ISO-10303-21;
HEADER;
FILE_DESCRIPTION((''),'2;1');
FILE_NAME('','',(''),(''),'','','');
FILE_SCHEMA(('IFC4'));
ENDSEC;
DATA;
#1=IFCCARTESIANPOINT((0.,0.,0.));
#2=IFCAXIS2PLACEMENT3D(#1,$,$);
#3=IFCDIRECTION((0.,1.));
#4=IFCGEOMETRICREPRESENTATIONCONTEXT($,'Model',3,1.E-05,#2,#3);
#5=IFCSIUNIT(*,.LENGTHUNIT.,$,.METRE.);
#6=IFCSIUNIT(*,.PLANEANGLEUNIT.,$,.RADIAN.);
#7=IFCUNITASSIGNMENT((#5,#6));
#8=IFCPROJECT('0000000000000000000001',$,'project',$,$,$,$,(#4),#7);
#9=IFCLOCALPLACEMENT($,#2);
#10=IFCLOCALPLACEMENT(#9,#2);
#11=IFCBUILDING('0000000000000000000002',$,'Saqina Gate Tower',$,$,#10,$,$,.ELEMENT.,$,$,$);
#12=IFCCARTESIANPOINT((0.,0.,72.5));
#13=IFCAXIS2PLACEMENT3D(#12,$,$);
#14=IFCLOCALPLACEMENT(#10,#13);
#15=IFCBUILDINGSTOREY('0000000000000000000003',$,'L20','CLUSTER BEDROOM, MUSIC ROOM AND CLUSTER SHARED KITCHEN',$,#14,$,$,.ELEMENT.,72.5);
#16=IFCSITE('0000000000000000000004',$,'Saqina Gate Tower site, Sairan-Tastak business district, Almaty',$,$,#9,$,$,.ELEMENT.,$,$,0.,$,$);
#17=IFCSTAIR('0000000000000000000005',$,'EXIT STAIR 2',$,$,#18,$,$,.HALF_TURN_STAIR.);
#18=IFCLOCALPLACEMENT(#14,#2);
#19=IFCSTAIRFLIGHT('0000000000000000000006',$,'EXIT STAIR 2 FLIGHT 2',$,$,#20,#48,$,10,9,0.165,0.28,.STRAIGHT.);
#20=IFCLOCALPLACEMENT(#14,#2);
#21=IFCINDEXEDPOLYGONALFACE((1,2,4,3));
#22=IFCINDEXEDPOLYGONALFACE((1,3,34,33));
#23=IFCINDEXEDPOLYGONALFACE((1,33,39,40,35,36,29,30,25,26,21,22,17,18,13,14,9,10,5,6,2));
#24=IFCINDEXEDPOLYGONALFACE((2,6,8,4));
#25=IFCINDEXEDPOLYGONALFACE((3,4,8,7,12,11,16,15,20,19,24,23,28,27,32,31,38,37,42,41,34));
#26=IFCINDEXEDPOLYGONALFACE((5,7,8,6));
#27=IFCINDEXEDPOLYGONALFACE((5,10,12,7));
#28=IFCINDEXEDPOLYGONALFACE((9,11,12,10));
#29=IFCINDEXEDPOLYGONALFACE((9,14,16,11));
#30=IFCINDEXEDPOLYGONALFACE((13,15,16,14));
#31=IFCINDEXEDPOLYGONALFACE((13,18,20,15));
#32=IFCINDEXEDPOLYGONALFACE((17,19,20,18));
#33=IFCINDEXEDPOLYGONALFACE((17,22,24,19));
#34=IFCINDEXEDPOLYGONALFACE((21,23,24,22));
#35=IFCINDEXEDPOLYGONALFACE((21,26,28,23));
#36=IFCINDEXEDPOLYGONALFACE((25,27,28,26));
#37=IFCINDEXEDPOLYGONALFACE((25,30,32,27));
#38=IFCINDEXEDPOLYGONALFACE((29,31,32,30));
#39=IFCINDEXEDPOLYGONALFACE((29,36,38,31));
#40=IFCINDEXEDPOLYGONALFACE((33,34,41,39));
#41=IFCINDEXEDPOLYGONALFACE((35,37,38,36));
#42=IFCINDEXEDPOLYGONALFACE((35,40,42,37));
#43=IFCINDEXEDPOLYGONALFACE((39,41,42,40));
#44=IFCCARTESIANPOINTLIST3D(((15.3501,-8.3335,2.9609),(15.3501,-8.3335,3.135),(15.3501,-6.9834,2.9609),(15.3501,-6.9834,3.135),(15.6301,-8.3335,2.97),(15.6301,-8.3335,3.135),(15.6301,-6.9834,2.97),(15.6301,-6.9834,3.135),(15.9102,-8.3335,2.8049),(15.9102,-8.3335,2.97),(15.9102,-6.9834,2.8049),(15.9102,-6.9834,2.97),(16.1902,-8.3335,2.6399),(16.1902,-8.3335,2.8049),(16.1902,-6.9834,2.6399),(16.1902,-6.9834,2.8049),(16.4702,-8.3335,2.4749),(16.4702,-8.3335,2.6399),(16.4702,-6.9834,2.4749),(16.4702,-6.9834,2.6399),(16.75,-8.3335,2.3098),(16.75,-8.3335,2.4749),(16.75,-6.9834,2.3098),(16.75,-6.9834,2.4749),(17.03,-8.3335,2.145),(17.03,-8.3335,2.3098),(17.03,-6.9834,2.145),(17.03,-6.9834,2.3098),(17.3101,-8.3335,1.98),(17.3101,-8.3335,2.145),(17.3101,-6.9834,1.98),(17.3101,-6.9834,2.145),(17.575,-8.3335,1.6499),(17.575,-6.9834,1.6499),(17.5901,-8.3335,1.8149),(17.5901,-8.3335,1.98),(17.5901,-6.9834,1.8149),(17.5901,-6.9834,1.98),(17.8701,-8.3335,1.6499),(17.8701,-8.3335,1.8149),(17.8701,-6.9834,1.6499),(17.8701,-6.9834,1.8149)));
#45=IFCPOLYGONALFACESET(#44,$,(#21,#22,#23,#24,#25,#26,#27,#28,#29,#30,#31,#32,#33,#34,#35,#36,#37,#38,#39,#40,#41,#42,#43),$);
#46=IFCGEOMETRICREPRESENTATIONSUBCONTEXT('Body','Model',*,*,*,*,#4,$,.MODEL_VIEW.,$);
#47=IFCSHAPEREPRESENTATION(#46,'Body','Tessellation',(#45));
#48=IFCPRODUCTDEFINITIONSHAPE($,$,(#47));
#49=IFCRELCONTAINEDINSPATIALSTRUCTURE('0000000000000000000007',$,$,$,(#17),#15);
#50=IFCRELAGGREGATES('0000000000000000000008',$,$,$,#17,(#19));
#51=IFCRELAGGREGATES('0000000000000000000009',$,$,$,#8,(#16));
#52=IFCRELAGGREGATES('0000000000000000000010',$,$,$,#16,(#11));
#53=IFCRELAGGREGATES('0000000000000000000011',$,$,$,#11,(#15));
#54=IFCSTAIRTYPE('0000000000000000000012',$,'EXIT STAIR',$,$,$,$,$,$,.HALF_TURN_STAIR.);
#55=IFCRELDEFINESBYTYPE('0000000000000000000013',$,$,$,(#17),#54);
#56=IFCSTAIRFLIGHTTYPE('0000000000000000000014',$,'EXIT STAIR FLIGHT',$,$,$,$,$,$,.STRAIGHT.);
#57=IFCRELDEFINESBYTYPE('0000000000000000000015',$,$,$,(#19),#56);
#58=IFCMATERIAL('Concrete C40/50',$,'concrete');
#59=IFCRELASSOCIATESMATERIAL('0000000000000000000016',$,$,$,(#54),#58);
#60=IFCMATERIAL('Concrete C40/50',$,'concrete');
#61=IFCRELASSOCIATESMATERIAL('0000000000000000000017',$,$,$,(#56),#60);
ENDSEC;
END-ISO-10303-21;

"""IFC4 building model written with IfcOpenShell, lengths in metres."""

from ifc_helpers import new_model, si_unit, direction, frame, origin, place, context, subcontext, project, spatial, polyline, outline, extrude, material, type_object, element, aggregate, save


model = new_model("IFC4")

# Units and contexts
model_context = context("Model", 3, precision=1e-05, world=origin(), true_north=direction((0.0, 1.0)))
body_context = subcontext(model_context, "Body", "Model", "MODEL_VIEW")
ifc_project = project(units=[si_unit("LENGTHUNIT", "METRE"), si_unit("PLANEANGLEUNIT", "RADIAN")], contexts=[model_context])

# Site, building, storey
site_placement = place(None, origin())
site = spatial("IfcSite", under=ifc_project, at=site_placement, Name="Saqina Gate Tower site, Sairan-Tastak business district, Almaty", CompositionType="ELEMENT", RefElevation=0.0)
building_placement = place(site_placement, origin())
building = spatial("IfcBuilding", under=site, at=building_placement, Name="Saqina Gate Tower", CompositionType="ELEMENT")
storey_placement = place(building_placement, frame((0.0, 0.0, 72.5)))
storey = spatial("IfcBuildingStorey", under=building, at=storey_placement, Name="L20", Description="CLUSTER BEDROOM, MUSIC ROOM AND CLUSTER SHARED KITCHEN", CompositionType="ELEMENT", Elevation=72.5)

# Stair, stair flight
ifc_material_1 = material(Name="Concrete C40/50", Category="concrete")
stair_type = type_object("IfcStairType", Name="EXIT STAIR", PredefinedType="HALF_TURN_STAIR", material=ifc_material_1)
stair_placement = place(storey_placement, origin())
stair = element("IfcStair", 1, at=stair_placement, inside=storey, type_object=stair_type, Name="EXIT STAIR 2", PredefinedType="HALF_TURN_STAIR")
ifc_material_2 = material(Name="Concrete C40/50", Category="concrete")
stair_flight_type = type_object("IfcStairFlightType", Name="EXIT STAIR FLIGHT", PredefinedType="STRAIGHT", material=ifc_material_2)
stair_flight_1_placement = place(storey_placement, frame((17.8701, -7.6584, 1.6499), z_axis=(0.0, 0.0, 1.0), x_axis=(-1.0, 0.0, 0.0)))
stair_flight_1 = element("IfcStairFlight", 2, at=stair_flight_1_placement, type_object=stair_flight_type, Name="EXIT STAIR 2 FLIGHT 2", NumberOfRisers=10, NumberOfTreads=9, PredefinedType="STRAIGHT", RiserHeight=0.165, TreadLength=0.28, context=body_context, shape_type="SweptSolid", body=[
    extrude(outline(polyline([(0.0, 0.0), (0.0, 0.165), (0.28, 0.165), (0.28, 0.3301), (0.5601, 0.3301), (0.5601, 0.4951), (0.8401, 0.4951), (0.8401, 0.6599), (1.1201, 0.6599), (1.1201, 0.825), (1.3999, 0.825), (1.3999, 0.99), (1.6799, 0.99), (1.6799, 1.155), (1.96, 1.155), (1.96, 1.3201), (2.24, 1.3201), (2.24, 1.4851), (2.52, 1.4851), (2.52, 1.6499), (2.52, 1.311), (0.2952, 0.0), (0.0, 0.0)])), frame((0.0, 0.675, 0.0), z_axis=(0.0, -1.0, 0.0), x_axis=(1.0, 0.0, 0.0)), (0.0, 0.0, 1.0), 1.3501),
])
aggregate(stair, [stair_flight_1])

save(model, "model.ifc")
